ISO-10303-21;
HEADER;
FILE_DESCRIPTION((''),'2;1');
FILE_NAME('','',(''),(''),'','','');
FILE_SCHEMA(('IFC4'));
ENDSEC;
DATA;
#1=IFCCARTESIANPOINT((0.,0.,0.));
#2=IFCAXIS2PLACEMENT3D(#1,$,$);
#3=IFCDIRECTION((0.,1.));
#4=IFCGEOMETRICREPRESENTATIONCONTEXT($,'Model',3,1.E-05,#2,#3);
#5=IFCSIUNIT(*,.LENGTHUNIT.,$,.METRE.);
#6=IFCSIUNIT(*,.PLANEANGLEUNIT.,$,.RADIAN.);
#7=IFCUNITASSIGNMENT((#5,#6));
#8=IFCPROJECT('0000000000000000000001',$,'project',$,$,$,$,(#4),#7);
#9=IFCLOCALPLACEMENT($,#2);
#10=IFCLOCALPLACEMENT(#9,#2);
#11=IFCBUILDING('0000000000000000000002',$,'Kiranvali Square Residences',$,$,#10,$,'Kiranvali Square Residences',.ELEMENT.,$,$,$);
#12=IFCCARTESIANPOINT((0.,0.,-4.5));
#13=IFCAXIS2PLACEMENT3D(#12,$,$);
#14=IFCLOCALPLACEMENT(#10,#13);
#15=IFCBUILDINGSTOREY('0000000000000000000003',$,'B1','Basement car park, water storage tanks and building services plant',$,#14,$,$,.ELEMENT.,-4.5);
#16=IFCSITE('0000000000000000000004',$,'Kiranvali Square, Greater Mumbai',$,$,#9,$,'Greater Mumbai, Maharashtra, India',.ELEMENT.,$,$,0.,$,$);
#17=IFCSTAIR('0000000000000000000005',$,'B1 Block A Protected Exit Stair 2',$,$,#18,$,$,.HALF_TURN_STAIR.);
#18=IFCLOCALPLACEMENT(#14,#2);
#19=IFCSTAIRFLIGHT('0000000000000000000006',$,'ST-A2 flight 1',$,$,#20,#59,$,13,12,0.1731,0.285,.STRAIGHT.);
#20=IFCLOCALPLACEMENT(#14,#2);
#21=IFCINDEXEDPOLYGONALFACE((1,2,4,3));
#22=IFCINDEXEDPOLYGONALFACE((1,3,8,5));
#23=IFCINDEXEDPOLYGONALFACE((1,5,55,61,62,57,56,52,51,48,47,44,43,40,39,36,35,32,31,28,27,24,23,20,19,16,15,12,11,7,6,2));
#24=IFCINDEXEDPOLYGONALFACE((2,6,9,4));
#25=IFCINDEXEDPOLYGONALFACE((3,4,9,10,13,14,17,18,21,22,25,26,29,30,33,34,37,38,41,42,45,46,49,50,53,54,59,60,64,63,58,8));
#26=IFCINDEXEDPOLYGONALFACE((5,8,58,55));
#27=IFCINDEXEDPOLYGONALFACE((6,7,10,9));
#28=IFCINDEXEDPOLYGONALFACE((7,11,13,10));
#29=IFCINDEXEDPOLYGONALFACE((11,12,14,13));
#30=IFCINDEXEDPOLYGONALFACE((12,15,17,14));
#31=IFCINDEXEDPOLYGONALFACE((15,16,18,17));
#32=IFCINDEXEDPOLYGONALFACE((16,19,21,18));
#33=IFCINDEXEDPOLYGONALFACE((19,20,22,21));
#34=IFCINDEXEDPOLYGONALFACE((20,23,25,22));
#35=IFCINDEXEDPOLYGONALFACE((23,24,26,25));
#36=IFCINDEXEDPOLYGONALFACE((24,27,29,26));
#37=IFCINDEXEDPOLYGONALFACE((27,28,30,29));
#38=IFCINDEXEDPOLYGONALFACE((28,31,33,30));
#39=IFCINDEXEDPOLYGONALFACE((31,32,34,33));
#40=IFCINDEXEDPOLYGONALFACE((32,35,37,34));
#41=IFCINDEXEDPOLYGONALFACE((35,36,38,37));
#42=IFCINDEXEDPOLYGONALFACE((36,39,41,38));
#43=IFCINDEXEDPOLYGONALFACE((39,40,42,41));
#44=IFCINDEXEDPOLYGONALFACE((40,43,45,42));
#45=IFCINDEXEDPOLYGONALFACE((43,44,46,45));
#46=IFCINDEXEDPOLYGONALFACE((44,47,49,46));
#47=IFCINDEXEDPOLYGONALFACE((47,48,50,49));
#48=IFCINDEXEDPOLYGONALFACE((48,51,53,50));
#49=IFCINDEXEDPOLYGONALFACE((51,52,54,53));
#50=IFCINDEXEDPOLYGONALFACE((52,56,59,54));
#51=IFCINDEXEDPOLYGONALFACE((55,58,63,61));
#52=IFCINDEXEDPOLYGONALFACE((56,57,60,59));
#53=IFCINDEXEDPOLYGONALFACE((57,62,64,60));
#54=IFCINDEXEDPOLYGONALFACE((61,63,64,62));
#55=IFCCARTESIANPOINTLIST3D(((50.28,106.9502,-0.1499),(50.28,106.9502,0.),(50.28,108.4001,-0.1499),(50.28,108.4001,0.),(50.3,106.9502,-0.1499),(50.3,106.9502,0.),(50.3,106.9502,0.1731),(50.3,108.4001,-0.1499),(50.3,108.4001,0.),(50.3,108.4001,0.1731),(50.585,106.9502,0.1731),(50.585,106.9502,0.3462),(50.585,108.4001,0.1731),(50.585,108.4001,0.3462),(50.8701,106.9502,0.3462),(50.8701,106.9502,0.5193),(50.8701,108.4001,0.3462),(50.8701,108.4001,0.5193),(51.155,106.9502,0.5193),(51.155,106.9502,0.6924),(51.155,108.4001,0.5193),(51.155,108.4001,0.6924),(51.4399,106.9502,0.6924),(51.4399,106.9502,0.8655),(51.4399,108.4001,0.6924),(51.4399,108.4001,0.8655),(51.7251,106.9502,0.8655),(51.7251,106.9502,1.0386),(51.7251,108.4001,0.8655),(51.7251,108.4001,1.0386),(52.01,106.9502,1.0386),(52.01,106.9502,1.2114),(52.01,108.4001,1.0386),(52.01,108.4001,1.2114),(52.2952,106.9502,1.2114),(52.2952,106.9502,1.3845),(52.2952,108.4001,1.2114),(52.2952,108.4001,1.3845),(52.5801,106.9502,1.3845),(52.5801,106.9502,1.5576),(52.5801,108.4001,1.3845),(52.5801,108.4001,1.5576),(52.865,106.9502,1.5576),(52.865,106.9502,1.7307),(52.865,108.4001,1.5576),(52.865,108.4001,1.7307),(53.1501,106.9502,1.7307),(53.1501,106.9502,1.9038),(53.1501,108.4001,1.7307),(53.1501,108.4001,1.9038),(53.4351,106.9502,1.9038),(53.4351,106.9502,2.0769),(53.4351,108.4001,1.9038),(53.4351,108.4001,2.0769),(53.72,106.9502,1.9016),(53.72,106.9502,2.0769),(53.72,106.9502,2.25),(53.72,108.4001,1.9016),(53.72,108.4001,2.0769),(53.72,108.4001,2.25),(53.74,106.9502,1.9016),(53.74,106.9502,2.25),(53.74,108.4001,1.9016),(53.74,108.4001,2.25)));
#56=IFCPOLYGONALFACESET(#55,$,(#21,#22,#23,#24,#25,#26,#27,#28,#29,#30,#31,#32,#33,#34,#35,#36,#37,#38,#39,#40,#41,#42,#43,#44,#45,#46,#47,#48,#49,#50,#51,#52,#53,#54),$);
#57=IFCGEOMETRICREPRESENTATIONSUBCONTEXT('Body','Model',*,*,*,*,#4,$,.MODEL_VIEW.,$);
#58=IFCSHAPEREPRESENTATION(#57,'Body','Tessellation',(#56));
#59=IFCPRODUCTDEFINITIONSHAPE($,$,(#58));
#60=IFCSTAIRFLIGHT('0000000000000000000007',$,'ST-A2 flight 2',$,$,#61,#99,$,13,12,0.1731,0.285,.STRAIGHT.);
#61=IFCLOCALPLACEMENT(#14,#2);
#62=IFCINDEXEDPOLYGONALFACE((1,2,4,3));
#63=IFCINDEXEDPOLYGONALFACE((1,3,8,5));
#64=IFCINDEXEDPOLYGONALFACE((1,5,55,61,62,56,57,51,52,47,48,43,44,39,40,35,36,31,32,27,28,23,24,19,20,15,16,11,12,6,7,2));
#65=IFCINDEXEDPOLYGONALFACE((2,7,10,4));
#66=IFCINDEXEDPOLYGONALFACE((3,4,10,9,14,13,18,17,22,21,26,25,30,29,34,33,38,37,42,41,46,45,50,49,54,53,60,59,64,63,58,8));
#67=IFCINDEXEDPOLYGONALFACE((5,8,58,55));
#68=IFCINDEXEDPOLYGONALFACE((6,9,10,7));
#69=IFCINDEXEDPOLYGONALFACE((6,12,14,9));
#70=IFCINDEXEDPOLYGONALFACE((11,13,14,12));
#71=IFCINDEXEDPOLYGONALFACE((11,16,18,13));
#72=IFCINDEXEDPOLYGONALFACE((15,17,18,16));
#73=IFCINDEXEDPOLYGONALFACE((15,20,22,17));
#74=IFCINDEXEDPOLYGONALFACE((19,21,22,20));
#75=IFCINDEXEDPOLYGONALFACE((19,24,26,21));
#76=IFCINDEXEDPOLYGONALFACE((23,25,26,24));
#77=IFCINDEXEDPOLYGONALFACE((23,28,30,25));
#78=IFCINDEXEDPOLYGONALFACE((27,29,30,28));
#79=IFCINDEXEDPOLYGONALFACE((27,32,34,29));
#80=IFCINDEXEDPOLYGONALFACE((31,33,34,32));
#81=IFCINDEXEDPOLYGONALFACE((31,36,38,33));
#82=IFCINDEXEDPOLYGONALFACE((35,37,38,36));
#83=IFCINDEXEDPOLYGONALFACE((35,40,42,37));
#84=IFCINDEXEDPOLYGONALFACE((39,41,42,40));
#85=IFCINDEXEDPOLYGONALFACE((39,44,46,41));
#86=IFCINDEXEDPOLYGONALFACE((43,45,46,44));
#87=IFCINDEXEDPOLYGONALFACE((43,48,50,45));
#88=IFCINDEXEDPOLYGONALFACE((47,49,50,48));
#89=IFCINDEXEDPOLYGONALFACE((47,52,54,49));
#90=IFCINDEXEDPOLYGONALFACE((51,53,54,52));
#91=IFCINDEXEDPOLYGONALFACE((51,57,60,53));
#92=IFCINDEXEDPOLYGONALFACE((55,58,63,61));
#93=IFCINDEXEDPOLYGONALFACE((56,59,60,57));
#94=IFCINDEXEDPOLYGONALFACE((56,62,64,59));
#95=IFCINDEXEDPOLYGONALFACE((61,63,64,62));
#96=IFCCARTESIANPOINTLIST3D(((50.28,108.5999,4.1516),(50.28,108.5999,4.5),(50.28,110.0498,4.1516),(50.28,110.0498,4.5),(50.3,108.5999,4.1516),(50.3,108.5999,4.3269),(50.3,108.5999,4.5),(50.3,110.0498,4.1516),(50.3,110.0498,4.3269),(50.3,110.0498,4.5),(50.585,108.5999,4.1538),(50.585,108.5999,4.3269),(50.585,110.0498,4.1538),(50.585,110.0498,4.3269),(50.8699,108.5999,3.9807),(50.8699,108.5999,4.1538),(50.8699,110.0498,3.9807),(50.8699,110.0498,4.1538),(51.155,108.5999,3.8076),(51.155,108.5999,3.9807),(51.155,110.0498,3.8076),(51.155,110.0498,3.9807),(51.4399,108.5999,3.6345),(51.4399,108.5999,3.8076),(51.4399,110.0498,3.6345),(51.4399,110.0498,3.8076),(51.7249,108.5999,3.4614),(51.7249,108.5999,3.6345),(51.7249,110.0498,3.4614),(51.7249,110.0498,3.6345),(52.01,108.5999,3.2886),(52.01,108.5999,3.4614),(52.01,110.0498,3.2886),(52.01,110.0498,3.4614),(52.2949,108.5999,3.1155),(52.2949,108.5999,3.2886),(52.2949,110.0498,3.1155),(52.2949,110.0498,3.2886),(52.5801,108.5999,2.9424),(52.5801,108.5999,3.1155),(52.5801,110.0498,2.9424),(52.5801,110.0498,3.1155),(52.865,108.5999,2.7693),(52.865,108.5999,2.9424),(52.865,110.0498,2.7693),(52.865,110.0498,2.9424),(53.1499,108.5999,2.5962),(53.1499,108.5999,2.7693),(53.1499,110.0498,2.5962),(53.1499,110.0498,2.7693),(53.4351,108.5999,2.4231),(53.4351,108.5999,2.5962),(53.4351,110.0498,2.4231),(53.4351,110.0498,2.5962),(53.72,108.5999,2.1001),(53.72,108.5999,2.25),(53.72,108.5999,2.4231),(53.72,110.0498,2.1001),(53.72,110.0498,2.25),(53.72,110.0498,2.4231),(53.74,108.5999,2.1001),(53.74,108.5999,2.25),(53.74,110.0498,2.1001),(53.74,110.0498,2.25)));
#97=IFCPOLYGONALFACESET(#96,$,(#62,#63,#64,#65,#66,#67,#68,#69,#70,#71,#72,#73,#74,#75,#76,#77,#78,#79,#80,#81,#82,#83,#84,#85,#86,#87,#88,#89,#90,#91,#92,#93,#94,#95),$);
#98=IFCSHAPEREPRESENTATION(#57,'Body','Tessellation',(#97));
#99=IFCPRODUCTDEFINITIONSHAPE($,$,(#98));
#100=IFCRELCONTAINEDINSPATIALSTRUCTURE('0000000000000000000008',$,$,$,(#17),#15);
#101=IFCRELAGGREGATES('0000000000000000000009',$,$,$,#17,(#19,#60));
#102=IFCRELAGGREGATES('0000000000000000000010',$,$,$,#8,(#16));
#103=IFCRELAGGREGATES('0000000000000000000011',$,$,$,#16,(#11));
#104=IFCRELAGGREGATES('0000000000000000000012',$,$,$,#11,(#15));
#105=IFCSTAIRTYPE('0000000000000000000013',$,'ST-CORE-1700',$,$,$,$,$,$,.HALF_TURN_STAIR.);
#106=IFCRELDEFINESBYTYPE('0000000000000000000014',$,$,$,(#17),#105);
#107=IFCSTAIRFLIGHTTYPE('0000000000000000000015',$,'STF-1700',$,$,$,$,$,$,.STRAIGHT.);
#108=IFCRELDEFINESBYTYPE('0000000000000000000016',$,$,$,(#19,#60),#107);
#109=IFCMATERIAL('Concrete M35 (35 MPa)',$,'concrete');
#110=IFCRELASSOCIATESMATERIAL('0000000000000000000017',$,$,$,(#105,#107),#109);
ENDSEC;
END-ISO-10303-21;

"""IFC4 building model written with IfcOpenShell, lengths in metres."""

from ifc_helpers import new_model, si_unit, direction, frame, origin, place, context, subcontext, project, spatial, polyline, outline, extrude, material, type_object, element, aggregate, save


model = new_model("IFC4")

# Units and contexts
model_context = context("Model", 3, precision=1e-05, world=origin(), true_north=direction((0.0, 1.0)))
body_context = subcontext(model_context, "Body", "Model", "MODEL_VIEW")
ifc_project = project(units=[si_unit("LENGTHUNIT", "METRE"), si_unit("PLANEANGLEUNIT", "RADIAN")], contexts=[model_context])

# Site, building, storey
site_placement = place(None, origin())
site = spatial("IfcSite", under=ifc_project, at=site_placement, Name="Kiranvali Square, Greater Mumbai", LongName="Greater Mumbai, Maharashtra, India", CompositionType="ELEMENT", RefElevation=0.0)
building_placement = place(site_placement, origin())
building = spatial("IfcBuilding", under=site, at=building_placement, Name="Kiranvali Square Residences", LongName="Kiranvali Square Residences", CompositionType="ELEMENT")
storey_placement = place(building_placement, frame((0.0, 0.0, -4.5)))
storey = spatial("IfcBuildingStorey", under=building, at=storey_placement, Name="B1", Description="Basement car park, water storage tanks and building services plant", CompositionType="ELEMENT", Elevation=-4.5)

# Stair, stair flights
ifc_material_1 = material(Name="Concrete M35 (35 MPa)", Category="concrete")
stair_type = type_object("IfcStairType", Name="ST-CORE-1700", PredefinedType="HALF_TURN_STAIR", material=ifc_material_1)
stair_placement = place(storey_placement, origin())
stair = element("IfcStair", 1, at=stair_placement, inside=storey, type_object=stair_type, Name="B1 Block A Protected Exit Stair 2", PredefinedType="HALF_TURN_STAIR")
stair_flight_type = type_object("IfcStairFlightType", Name="STF-1700", PredefinedType="STRAIGHT", material=ifc_material_1)
stair_flight_1_placement = place(storey_placement, frame((50.3, 107.675, 0.0), z_axis=(0.0, 0.0, 1.0), x_axis=(1.0, 0.0, 0.0)))
stair_flight_1 = element("IfcStairFlight", 2, at=stair_flight_1_placement, type_object=stair_flight_type, Name="ST-A2 flight 1", NumberOfRisers=13, NumberOfTreads=12, PredefinedType="STRAIGHT", RiserHeight=0.1731, TreadLength=0.285, context=body_context, shape_type="SweptSolid", body=[
    extrude(outline(polyline([(-0.02, -0.1499), (-0.02, 0.0), (0.0, 0.0), (0.0, 0.1731), (0.2849, 0.1731), (0.2849, 0.3462), (0.5701, 0.3462), (0.5701, 0.5193), (0.855, 0.5193), (0.855, 0.6924), (1.1399, 0.6924), (1.1399, 0.8655), (1.425, 0.8655), (1.425, 1.0386), (1.71, 1.0386), (1.71, 1.2114), (1.9951, 1.2114), (1.9951, 1.3845), (2.28, 1.3845), (2.28, 1.5576), (2.5649, 1.5576), (2.5649, 1.7307), (2.8501, 1.7307), (2.8501, 1.9038), (3.135, 1.9038), (3.135, 2.0769), (3.4199, 2.0769), (3.4199, 2.25), (3.4399, 2.25), (3.4399, 1.9016), (3.4199, 1.9016), (0.0, -0.1499), (-0.02, -0.1499)])), frame((0.0, 0.7251, 0.0), z_axis=(0.0, -1.0, 0.0), x_axis=(1.0, 0.0, 0.0)), (0.0, 0.0, 1.0), 1.45),
])
stair_flight_2_placement = place(storey_placement, frame((53.72, 109.325, 2.25), z_axis=(0.0, 0.0, 1.0), x_axis=(-1.0, 0.0, 0.0)))
stair_flight_2 = element("IfcStairFlight", 3, at=stair_flight_2_placement, type_object=stair_flight_type, Name="ST-A2 flight 2", NumberOfRisers=13, NumberOfTreads=12, PredefinedType="STRAIGHT", RiserHeight=0.1731, TreadLength=0.285, context=body_context, shape_type="SweptSolid", body=[
    extrude(outline(polyline([(-0.02, -0.1499), (-0.02, 0.0), (0.0, 0.0), (0.0, 0.1731), (0.2849, 0.1731), (0.2849, 0.3462), (0.5701, 0.3462), (0.5701, 0.5193), (0.855, 0.5193), (0.855, 0.6924), (1.1399, 0.6924), (1.1399, 0.8655), (1.425, 0.8655), (1.425, 1.0386), (1.71, 1.0386), (1.71, 1.2114), (1.9951, 1.2114), (1.9951, 1.3845), (2.28, 1.3845), (2.28, 1.5576), (2.5649, 1.5576), (2.5649, 1.7307), (2.8501, 1.7307), (2.8501, 1.9038), (3.135, 1.9038), (3.135, 2.0769), (3.4199, 2.0769), (3.4199, 2.25), (3.4399, 2.25), (3.4399, 1.9016), (3.4199, 1.9016), (0.0, -0.1499), (-0.02, -0.1499)])), frame((0.0, 0.7251, 0.0), z_axis=(0.0, -1.0, 0.0), x_axis=(1.0, 0.0, 0.0)), (0.0, 0.0, 1.0), 1.45),
])
aggregate(stair, [stair_flight_1, stair_flight_2])

save(model, "model.ifc")
